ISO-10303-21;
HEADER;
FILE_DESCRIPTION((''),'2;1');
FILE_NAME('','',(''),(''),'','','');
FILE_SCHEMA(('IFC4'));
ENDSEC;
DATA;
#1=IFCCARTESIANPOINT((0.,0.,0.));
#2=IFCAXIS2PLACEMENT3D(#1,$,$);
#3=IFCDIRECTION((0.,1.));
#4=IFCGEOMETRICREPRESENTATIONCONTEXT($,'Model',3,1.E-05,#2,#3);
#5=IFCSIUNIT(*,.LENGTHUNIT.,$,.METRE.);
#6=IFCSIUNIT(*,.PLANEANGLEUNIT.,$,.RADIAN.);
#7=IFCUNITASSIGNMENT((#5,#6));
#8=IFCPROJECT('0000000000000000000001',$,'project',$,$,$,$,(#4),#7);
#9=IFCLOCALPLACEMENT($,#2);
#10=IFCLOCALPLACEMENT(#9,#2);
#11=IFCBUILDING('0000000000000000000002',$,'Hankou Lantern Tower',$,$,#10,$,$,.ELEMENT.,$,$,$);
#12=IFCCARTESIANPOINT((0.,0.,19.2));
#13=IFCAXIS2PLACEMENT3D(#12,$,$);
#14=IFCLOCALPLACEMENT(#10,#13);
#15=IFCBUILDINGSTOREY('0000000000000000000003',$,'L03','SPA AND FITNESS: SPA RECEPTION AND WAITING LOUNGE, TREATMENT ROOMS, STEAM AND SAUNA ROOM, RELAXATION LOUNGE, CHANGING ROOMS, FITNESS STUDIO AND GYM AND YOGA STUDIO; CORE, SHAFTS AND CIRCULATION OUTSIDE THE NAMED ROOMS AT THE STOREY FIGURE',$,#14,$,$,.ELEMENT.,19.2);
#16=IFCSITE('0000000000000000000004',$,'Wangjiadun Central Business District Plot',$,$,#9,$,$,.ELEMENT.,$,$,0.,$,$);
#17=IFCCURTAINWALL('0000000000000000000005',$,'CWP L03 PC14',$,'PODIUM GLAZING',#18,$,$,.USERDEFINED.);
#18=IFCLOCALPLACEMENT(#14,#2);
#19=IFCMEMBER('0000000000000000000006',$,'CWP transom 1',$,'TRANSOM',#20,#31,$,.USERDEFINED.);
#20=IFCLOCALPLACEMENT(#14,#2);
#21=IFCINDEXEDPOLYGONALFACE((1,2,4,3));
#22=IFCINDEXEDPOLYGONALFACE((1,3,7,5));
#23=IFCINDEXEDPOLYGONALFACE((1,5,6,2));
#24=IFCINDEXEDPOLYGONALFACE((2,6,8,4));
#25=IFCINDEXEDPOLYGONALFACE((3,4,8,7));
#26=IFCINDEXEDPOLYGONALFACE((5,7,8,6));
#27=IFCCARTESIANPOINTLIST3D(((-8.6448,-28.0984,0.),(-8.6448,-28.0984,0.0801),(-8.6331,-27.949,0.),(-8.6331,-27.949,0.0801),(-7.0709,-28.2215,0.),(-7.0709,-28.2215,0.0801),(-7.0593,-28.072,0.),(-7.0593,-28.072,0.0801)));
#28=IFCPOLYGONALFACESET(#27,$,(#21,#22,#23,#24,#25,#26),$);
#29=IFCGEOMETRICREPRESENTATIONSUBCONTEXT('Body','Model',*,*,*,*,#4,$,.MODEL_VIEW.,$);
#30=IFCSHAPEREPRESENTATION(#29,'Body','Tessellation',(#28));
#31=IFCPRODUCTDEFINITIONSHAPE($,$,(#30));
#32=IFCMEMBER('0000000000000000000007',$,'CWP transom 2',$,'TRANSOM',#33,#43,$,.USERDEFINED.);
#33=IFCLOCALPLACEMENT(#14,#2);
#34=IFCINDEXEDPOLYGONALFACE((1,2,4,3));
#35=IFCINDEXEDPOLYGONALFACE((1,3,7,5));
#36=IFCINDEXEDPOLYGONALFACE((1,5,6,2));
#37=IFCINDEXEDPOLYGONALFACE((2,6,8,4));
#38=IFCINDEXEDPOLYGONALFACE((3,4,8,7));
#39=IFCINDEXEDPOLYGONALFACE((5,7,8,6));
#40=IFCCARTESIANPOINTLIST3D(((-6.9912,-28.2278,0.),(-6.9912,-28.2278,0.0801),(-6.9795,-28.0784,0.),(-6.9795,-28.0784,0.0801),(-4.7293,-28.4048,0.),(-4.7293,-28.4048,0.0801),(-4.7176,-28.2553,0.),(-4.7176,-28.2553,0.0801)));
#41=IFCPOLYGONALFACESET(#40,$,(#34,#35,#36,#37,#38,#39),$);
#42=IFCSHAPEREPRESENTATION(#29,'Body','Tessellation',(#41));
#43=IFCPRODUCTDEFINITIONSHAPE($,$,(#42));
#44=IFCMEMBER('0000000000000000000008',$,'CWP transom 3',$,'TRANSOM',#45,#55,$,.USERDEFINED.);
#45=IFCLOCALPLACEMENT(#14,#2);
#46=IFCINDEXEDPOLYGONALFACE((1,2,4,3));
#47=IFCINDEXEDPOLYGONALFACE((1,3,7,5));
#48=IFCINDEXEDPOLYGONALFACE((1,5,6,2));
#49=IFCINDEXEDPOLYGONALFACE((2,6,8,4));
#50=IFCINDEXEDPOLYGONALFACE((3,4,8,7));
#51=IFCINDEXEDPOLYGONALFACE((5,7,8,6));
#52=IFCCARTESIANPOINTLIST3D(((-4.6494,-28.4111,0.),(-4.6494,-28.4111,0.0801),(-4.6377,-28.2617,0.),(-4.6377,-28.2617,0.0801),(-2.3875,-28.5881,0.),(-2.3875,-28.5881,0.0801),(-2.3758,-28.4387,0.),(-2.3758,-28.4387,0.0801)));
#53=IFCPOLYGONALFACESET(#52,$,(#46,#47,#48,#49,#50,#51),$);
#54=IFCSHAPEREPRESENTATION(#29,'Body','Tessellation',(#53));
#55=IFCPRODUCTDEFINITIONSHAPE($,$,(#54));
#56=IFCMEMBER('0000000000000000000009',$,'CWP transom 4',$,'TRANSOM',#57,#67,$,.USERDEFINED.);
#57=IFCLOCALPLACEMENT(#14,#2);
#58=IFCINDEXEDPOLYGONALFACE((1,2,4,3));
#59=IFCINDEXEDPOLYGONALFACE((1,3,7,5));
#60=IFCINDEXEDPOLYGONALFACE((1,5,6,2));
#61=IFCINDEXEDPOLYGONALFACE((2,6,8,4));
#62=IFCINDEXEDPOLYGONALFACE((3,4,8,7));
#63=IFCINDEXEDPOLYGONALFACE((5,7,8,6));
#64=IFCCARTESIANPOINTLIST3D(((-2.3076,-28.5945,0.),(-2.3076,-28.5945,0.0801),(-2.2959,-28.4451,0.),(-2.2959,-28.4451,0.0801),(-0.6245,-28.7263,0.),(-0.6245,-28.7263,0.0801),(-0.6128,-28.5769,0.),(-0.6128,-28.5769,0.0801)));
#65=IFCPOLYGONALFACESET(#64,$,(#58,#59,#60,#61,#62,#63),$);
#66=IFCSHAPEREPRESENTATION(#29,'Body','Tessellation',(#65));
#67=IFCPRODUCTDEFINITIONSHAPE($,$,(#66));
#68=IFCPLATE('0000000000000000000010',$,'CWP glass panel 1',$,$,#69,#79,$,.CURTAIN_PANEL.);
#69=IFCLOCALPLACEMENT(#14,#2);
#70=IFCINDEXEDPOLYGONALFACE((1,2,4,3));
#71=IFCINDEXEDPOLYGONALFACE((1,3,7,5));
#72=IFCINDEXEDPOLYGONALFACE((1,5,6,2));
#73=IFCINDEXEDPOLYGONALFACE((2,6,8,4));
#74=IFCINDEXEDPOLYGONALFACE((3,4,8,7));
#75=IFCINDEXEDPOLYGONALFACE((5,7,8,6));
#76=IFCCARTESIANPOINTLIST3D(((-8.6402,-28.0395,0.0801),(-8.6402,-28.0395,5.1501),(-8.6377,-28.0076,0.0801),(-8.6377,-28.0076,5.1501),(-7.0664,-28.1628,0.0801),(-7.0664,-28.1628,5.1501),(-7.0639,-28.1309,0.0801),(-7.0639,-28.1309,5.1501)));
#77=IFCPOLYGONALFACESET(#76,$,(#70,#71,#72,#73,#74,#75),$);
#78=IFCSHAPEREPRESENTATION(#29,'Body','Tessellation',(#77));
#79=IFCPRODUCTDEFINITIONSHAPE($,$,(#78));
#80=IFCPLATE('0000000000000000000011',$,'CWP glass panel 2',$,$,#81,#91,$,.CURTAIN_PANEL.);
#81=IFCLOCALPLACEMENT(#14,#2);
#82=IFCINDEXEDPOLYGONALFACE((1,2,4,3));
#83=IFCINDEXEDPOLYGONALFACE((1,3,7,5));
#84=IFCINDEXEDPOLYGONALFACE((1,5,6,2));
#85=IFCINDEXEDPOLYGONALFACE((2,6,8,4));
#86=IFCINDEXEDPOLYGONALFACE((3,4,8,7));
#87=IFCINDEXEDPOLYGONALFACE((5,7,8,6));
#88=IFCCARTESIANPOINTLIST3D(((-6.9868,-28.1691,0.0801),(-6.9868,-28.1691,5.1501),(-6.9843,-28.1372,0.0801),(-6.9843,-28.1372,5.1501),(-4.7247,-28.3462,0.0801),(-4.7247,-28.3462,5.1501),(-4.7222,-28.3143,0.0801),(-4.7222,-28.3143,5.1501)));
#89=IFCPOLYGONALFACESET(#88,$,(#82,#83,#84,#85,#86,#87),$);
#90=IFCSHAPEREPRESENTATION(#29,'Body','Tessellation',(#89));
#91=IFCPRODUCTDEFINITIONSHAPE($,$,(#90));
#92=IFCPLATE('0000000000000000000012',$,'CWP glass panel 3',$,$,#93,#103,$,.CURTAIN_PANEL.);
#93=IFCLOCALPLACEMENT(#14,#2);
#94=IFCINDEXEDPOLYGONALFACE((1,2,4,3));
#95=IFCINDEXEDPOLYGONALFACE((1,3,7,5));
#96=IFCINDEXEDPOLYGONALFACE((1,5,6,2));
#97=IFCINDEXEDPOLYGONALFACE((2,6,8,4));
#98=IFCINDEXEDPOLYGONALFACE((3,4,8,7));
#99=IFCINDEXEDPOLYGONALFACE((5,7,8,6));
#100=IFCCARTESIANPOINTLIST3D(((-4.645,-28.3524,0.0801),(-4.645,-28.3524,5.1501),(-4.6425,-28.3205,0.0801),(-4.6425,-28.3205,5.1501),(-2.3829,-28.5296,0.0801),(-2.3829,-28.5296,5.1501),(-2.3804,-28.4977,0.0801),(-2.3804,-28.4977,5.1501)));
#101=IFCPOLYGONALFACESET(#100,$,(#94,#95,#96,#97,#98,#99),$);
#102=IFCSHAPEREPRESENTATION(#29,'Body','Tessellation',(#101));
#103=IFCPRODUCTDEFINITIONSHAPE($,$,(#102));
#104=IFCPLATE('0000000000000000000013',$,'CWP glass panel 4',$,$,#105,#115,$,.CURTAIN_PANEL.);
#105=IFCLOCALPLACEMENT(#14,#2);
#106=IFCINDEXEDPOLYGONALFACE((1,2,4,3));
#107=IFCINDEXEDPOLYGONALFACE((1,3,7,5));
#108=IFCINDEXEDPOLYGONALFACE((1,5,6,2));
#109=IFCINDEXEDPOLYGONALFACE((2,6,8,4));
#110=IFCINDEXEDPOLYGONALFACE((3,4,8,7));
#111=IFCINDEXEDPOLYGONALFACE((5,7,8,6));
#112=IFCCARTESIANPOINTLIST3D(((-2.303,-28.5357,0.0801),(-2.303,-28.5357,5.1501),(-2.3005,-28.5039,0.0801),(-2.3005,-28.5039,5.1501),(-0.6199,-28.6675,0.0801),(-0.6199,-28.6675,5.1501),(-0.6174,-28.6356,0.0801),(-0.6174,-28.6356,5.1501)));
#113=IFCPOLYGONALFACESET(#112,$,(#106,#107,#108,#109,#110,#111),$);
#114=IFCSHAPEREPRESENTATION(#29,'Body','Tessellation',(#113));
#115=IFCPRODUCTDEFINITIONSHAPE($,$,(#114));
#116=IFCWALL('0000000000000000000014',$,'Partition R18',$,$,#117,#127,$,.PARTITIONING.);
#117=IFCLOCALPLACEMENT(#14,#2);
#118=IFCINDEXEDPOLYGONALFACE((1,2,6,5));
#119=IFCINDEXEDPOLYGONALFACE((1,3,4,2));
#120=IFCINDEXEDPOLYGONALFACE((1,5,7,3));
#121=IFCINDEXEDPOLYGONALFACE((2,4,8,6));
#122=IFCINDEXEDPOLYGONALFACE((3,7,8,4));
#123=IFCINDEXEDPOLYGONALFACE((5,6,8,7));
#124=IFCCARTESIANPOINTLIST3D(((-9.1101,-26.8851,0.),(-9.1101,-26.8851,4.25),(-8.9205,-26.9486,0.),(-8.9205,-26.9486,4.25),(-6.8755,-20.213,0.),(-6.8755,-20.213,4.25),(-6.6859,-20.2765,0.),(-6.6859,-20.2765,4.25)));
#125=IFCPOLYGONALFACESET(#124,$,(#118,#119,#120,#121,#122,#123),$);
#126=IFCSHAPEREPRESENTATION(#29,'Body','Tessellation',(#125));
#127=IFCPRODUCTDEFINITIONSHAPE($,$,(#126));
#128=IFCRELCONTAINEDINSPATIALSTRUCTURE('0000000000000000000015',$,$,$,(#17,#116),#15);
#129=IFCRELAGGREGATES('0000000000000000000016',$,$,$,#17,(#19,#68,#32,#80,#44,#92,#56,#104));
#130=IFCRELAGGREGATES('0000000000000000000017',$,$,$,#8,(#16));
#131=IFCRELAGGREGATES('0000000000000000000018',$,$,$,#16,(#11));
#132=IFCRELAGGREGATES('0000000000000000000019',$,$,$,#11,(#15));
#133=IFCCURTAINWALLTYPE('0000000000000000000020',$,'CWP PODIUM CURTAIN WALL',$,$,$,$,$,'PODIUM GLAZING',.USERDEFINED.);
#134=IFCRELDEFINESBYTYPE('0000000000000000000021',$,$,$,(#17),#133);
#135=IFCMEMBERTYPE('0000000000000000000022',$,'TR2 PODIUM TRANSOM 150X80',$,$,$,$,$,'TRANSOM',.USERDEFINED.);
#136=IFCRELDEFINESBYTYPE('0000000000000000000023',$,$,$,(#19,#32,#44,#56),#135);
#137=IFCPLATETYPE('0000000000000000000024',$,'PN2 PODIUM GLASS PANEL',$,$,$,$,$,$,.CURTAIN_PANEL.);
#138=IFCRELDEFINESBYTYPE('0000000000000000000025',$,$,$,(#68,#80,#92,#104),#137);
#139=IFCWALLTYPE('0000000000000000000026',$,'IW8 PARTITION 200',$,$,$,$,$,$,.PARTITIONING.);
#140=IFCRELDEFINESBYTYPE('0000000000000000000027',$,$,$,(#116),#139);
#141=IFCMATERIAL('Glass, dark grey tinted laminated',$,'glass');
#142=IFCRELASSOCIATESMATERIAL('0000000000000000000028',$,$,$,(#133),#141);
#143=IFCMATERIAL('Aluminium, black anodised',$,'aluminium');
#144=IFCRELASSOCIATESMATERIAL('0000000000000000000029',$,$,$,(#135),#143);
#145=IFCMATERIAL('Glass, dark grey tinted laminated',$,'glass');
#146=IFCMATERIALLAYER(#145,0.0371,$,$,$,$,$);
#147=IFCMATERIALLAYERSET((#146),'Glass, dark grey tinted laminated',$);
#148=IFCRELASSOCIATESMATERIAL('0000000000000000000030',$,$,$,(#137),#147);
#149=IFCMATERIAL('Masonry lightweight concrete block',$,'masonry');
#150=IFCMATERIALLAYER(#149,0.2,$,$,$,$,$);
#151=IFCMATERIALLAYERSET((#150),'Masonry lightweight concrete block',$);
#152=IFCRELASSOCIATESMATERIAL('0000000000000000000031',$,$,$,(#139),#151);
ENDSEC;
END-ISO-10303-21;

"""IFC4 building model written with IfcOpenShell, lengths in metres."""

from ifc_helpers import new_model, si_unit, direction, frame, frame_2d, origin, origin_2d, place, context, subcontext, project, spatial, rectangle, extrude, material, layer, layer_set, material_profile, profile_set, type_object, element, aggregate, save


model = new_model("IFC4")

# Units and contexts
model_context = context("Model", 3, precision=1e-05, world=origin(), true_north=direction((0.0, 1.0)))
body_context = subcontext(model_context, "Body", "Model", "MODEL_VIEW")
ifc_project = project(units=[si_unit("LENGTHUNIT", "METRE"), si_unit("PLANEANGLEUNIT", "RADIAN")], contexts=[model_context])

# Site, building, storey
site_placement = place(None, origin())
site = spatial("IfcSite", under=ifc_project, at=site_placement, Name="Wangjiadun Central Business District Plot", CompositionType="ELEMENT", RefElevation=0.0)
building_placement = place(site_placement, origin())
building = spatial("IfcBuilding", under=site, at=building_placement, Name="Hankou Lantern Tower", CompositionType="ELEMENT")
storey_placement = place(building_placement, frame((0.0, 0.0, 19.2)))
storey = spatial("IfcBuildingStorey", under=building, at=storey_placement, Name="L03", Description="SPA AND FITNESS: SPA RECEPTION AND WAITING LOUNGE, TREATMENT ROOMS, STEAM AND SAUNA ROOM, RELAXATION LOUNGE, CHANGING ROOMS, FITNESS STUDIO AND GYM AND YOGA STUDIO; CORE, SHAFTS AND CIRCULATION OUTSIDE THE NAMED ROOMS AT THE STOREY FIGURE", CompositionType="ELEMENT", Elevation=19.2)

# Curtain wall
ifc_material_1 = material(Name="Glass, dark grey tinted laminated", Category="glass")
curtain_wall_type = type_object("IfcCurtainWallType", Name="CWP PODIUM CURTAIN WALL", ElementType="PODIUM GLAZING", PredefinedType="USERDEFINED", material=ifc_material_1)
curtain_wall_placement = place(storey_placement, origin())
curtain_wall = element("IfcCurtainWall", 1, at=curtain_wall_placement, inside=storey, type_object=curtain_wall_type, Name="CWP L03 PC14", ObjectType="PODIUM GLAZING", PredefinedType="USERDEFINED")

# Members
ifc_material_2 = material(Name="Aluminium, black anodised", Category="aluminium")
ifc_material_profile_1 = material_profile(ifc_material_2, rectangle(XDim=0.1499, YDim=0.0801, at=origin_2d()), Name="TR2 150X80")
ifc_profile_set_1 = profile_set([ifc_material_profile_1], Name="Aluminium, black anodised")
member_type_1 = type_object("IfcMemberType", Name="TR2 PODIUM TRANSOM 150X80", ElementType="TRANSOM", PredefinedType="USERDEFINED", material=ifc_profile_set_1)
member_1_placement = place(storey_placement, frame((-8.6389, -28.0237, 0.04), z_axis=(0.996957, -0.07795, 0.0), x_axis=(0.07795, 0.996957, 0.0)))
member_1 = element("IfcMember", 2, at=member_1_placement, type_object=member_type_1, Name="CWP transom 1", ObjectType="TRANSOM", PredefinedType="USERDEFINED", context=body_context, shape_type="SweptSolid", body=[
    extrude(rectangle(XDim=0.1499, YDim=0.0801, at=origin_2d()), origin(), (0.0, 0.0, 1.0), 1.5786),
])
member_2_placement = place(storey_placement, frame((-6.9854, -28.1531, 0.04), z_axis=(0.996952, -0.078013, 0.0), x_axis=(0.078013, 0.996952, 0.0)))
member_2 = element("IfcMember", 3, at=member_2_placement, type_object=member_type_1, Name="CWP transom 2", ObjectType="TRANSOM", PredefinedType="USERDEFINED", context=body_context, shape_type="SweptSolid", body=[
    extrude(rectangle(XDim=0.1499, YDim=0.0801, at=origin_2d()), origin(), (0.0, 0.0, 1.0), 2.2688),
])
member_3_placement = place(storey_placement, frame((-4.6436, -28.3364, 0.04), z_axis=(0.996952, -0.078013, 0.0), x_axis=(0.078013, 0.996952, 0.0)))
member_3 = element("IfcMember", 4, at=member_3_placement, type_object=member_type_1, Name="CWP transom 3", ObjectType="TRANSOM", PredefinedType="USERDEFINED", context=body_context, shape_type="SweptSolid", body=[
    extrude(rectangle(XDim=0.1499, YDim=0.0801, at=origin_2d()), origin(), (0.0, 0.0, 1.0), 2.2688),
])
member_4_placement = place(storey_placement, frame((-2.3018, -28.5198, 0.04), z_axis=(0.996946, -0.07809, 0.0), x_axis=(0.07809, 0.996946, 0.0)))
member_4 = element("IfcMember", 5, at=member_4_placement, type_object=member_type_1, Name="CWP transom 4", ObjectType="TRANSOM", PredefinedType="USERDEFINED", context=body_context, shape_type="SweptSolid", body=[
    extrude(rectangle(XDim=0.1499, YDim=0.0801, at=origin_2d()), origin(), (0.0, 0.0, 1.0), 1.6882),
])

# Plates
ifc_material_3 = material(Name="Glass, dark grey tinted laminated", Category="glass")
ifc_layer_1 = layer(ifc_material_3, 0.0371)
ifc_layer_set_1 = layer_set([ifc_layer_1], Name="Glass, dark grey tinted laminated")
plate_type = type_object("IfcPlateType", Name="PN2 PODIUM GLASS PANEL", PredefinedType="CURTAIN_PANEL", material=ifc_layer_set_1)
plate_1_placement = place(storey_placement, frame((-7.8521, -28.0852, 0.0801), z_axis=(0.0, 0.0, 1.0), x_axis=(0.996949, -0.078062, 0.0)))
plate_1 = element("IfcPlate", 6, at=plate_1_placement, type_object=plate_type, Name="CWP glass panel 1", PredefinedType="CURTAIN_PANEL", context=body_context, shape_type="SweptSolid", body=[
    extrude(rectangle(XDim=1.5786, YDim=0.032, at=origin_2d()), origin(), (0.0, 0.0, 1.0), 5.0701),
])
plate_2_placement = place(storey_placement, frame((-5.8545, -28.2417, 0.0801), z_axis=(0.0, 0.0, 1.0), x_axis=(0.996949, -0.078062, 0.0)))
plate_2 = element("IfcPlate", 7, at=plate_2_placement, type_object=plate_type, Name="CWP glass panel 2", PredefinedType="CURTAIN_PANEL", context=body_context, shape_type="SweptSolid", body=[
    extrude(rectangle(XDim=2.269, YDim=0.032, at=origin_2d()), origin(), (0.0, 0.0, 1.0), 5.0701),
])
plate_3_placement = place(storey_placement, frame((-3.5127, -28.425, 0.0801), z_axis=(0.0, 0.0, 1.0), x_axis=(0.996949, -0.078062, 0.0)))
plate_3 = element("IfcPlate", 8, at=plate_3_placement, type_object=plate_type, Name="CWP glass panel 3", PredefinedType="CURTAIN_PANEL", context=body_context, shape_type="SweptSolid", body=[
    extrude(rectangle(XDim=2.269, YDim=0.032, at=origin_2d()), origin(), (0.0, 0.0, 1.0), 5.0701),
])
plate_4_placement = place(storey_placement, frame((-1.4602, -28.5857, 0.0801), z_axis=(0.0, 0.0, 1.0), x_axis=(0.996949, -0.078062, 0.0)))
plate_4 = element("IfcPlate", 9, at=plate_4_placement, type_object=plate_type, Name="CWP glass panel 4", PredefinedType="CURTAIN_PANEL", context=body_context, shape_type="SweptSolid", body=[
    extrude(rectangle(XDim=1.6882, YDim=0.032, at=origin_2d()), origin(), (0.0, 0.0, 1.0), 5.0701),
])
aggregate(curtain_wall, [member_1, plate_1, member_2, plate_2, member_3, plate_3, member_4, plate_4])

# Wall
ifc_material_4 = material(Name="Masonry lightweight concrete block", Category="masonry")
ifc_layer_2 = layer(ifc_material_4, 0.2)
ifc_layer_set_2 = layer_set([ifc_layer_2], Name="Masonry lightweight concrete block")
wall_type = type_object("IfcWallType", Name="IW8 PARTITION 200", PredefinedType="PARTITIONING", material=ifc_layer_set_2)
wall_placement = place(storey_placement, frame((-6.7808, -20.2449, 0.0), z_axis=(0.0, 0.0, 1.0), x_axis=(-0.317581, -0.948231, 0.0)))
element("IfcWall", 10, at=wall_placement, inside=storey, type_object=wall_type, Name="Partition R18", PredefinedType="PARTITIONING", context=body_context, shape_type="SweptSolid", body=[
    extrude(rectangle(XDim=7.0364, YDim=0.2, at=frame_2d((3.5181, 0.0))), origin(), (0.0, 0.0, 1.0), 4.25),
])

save(model, "model.ifc")
